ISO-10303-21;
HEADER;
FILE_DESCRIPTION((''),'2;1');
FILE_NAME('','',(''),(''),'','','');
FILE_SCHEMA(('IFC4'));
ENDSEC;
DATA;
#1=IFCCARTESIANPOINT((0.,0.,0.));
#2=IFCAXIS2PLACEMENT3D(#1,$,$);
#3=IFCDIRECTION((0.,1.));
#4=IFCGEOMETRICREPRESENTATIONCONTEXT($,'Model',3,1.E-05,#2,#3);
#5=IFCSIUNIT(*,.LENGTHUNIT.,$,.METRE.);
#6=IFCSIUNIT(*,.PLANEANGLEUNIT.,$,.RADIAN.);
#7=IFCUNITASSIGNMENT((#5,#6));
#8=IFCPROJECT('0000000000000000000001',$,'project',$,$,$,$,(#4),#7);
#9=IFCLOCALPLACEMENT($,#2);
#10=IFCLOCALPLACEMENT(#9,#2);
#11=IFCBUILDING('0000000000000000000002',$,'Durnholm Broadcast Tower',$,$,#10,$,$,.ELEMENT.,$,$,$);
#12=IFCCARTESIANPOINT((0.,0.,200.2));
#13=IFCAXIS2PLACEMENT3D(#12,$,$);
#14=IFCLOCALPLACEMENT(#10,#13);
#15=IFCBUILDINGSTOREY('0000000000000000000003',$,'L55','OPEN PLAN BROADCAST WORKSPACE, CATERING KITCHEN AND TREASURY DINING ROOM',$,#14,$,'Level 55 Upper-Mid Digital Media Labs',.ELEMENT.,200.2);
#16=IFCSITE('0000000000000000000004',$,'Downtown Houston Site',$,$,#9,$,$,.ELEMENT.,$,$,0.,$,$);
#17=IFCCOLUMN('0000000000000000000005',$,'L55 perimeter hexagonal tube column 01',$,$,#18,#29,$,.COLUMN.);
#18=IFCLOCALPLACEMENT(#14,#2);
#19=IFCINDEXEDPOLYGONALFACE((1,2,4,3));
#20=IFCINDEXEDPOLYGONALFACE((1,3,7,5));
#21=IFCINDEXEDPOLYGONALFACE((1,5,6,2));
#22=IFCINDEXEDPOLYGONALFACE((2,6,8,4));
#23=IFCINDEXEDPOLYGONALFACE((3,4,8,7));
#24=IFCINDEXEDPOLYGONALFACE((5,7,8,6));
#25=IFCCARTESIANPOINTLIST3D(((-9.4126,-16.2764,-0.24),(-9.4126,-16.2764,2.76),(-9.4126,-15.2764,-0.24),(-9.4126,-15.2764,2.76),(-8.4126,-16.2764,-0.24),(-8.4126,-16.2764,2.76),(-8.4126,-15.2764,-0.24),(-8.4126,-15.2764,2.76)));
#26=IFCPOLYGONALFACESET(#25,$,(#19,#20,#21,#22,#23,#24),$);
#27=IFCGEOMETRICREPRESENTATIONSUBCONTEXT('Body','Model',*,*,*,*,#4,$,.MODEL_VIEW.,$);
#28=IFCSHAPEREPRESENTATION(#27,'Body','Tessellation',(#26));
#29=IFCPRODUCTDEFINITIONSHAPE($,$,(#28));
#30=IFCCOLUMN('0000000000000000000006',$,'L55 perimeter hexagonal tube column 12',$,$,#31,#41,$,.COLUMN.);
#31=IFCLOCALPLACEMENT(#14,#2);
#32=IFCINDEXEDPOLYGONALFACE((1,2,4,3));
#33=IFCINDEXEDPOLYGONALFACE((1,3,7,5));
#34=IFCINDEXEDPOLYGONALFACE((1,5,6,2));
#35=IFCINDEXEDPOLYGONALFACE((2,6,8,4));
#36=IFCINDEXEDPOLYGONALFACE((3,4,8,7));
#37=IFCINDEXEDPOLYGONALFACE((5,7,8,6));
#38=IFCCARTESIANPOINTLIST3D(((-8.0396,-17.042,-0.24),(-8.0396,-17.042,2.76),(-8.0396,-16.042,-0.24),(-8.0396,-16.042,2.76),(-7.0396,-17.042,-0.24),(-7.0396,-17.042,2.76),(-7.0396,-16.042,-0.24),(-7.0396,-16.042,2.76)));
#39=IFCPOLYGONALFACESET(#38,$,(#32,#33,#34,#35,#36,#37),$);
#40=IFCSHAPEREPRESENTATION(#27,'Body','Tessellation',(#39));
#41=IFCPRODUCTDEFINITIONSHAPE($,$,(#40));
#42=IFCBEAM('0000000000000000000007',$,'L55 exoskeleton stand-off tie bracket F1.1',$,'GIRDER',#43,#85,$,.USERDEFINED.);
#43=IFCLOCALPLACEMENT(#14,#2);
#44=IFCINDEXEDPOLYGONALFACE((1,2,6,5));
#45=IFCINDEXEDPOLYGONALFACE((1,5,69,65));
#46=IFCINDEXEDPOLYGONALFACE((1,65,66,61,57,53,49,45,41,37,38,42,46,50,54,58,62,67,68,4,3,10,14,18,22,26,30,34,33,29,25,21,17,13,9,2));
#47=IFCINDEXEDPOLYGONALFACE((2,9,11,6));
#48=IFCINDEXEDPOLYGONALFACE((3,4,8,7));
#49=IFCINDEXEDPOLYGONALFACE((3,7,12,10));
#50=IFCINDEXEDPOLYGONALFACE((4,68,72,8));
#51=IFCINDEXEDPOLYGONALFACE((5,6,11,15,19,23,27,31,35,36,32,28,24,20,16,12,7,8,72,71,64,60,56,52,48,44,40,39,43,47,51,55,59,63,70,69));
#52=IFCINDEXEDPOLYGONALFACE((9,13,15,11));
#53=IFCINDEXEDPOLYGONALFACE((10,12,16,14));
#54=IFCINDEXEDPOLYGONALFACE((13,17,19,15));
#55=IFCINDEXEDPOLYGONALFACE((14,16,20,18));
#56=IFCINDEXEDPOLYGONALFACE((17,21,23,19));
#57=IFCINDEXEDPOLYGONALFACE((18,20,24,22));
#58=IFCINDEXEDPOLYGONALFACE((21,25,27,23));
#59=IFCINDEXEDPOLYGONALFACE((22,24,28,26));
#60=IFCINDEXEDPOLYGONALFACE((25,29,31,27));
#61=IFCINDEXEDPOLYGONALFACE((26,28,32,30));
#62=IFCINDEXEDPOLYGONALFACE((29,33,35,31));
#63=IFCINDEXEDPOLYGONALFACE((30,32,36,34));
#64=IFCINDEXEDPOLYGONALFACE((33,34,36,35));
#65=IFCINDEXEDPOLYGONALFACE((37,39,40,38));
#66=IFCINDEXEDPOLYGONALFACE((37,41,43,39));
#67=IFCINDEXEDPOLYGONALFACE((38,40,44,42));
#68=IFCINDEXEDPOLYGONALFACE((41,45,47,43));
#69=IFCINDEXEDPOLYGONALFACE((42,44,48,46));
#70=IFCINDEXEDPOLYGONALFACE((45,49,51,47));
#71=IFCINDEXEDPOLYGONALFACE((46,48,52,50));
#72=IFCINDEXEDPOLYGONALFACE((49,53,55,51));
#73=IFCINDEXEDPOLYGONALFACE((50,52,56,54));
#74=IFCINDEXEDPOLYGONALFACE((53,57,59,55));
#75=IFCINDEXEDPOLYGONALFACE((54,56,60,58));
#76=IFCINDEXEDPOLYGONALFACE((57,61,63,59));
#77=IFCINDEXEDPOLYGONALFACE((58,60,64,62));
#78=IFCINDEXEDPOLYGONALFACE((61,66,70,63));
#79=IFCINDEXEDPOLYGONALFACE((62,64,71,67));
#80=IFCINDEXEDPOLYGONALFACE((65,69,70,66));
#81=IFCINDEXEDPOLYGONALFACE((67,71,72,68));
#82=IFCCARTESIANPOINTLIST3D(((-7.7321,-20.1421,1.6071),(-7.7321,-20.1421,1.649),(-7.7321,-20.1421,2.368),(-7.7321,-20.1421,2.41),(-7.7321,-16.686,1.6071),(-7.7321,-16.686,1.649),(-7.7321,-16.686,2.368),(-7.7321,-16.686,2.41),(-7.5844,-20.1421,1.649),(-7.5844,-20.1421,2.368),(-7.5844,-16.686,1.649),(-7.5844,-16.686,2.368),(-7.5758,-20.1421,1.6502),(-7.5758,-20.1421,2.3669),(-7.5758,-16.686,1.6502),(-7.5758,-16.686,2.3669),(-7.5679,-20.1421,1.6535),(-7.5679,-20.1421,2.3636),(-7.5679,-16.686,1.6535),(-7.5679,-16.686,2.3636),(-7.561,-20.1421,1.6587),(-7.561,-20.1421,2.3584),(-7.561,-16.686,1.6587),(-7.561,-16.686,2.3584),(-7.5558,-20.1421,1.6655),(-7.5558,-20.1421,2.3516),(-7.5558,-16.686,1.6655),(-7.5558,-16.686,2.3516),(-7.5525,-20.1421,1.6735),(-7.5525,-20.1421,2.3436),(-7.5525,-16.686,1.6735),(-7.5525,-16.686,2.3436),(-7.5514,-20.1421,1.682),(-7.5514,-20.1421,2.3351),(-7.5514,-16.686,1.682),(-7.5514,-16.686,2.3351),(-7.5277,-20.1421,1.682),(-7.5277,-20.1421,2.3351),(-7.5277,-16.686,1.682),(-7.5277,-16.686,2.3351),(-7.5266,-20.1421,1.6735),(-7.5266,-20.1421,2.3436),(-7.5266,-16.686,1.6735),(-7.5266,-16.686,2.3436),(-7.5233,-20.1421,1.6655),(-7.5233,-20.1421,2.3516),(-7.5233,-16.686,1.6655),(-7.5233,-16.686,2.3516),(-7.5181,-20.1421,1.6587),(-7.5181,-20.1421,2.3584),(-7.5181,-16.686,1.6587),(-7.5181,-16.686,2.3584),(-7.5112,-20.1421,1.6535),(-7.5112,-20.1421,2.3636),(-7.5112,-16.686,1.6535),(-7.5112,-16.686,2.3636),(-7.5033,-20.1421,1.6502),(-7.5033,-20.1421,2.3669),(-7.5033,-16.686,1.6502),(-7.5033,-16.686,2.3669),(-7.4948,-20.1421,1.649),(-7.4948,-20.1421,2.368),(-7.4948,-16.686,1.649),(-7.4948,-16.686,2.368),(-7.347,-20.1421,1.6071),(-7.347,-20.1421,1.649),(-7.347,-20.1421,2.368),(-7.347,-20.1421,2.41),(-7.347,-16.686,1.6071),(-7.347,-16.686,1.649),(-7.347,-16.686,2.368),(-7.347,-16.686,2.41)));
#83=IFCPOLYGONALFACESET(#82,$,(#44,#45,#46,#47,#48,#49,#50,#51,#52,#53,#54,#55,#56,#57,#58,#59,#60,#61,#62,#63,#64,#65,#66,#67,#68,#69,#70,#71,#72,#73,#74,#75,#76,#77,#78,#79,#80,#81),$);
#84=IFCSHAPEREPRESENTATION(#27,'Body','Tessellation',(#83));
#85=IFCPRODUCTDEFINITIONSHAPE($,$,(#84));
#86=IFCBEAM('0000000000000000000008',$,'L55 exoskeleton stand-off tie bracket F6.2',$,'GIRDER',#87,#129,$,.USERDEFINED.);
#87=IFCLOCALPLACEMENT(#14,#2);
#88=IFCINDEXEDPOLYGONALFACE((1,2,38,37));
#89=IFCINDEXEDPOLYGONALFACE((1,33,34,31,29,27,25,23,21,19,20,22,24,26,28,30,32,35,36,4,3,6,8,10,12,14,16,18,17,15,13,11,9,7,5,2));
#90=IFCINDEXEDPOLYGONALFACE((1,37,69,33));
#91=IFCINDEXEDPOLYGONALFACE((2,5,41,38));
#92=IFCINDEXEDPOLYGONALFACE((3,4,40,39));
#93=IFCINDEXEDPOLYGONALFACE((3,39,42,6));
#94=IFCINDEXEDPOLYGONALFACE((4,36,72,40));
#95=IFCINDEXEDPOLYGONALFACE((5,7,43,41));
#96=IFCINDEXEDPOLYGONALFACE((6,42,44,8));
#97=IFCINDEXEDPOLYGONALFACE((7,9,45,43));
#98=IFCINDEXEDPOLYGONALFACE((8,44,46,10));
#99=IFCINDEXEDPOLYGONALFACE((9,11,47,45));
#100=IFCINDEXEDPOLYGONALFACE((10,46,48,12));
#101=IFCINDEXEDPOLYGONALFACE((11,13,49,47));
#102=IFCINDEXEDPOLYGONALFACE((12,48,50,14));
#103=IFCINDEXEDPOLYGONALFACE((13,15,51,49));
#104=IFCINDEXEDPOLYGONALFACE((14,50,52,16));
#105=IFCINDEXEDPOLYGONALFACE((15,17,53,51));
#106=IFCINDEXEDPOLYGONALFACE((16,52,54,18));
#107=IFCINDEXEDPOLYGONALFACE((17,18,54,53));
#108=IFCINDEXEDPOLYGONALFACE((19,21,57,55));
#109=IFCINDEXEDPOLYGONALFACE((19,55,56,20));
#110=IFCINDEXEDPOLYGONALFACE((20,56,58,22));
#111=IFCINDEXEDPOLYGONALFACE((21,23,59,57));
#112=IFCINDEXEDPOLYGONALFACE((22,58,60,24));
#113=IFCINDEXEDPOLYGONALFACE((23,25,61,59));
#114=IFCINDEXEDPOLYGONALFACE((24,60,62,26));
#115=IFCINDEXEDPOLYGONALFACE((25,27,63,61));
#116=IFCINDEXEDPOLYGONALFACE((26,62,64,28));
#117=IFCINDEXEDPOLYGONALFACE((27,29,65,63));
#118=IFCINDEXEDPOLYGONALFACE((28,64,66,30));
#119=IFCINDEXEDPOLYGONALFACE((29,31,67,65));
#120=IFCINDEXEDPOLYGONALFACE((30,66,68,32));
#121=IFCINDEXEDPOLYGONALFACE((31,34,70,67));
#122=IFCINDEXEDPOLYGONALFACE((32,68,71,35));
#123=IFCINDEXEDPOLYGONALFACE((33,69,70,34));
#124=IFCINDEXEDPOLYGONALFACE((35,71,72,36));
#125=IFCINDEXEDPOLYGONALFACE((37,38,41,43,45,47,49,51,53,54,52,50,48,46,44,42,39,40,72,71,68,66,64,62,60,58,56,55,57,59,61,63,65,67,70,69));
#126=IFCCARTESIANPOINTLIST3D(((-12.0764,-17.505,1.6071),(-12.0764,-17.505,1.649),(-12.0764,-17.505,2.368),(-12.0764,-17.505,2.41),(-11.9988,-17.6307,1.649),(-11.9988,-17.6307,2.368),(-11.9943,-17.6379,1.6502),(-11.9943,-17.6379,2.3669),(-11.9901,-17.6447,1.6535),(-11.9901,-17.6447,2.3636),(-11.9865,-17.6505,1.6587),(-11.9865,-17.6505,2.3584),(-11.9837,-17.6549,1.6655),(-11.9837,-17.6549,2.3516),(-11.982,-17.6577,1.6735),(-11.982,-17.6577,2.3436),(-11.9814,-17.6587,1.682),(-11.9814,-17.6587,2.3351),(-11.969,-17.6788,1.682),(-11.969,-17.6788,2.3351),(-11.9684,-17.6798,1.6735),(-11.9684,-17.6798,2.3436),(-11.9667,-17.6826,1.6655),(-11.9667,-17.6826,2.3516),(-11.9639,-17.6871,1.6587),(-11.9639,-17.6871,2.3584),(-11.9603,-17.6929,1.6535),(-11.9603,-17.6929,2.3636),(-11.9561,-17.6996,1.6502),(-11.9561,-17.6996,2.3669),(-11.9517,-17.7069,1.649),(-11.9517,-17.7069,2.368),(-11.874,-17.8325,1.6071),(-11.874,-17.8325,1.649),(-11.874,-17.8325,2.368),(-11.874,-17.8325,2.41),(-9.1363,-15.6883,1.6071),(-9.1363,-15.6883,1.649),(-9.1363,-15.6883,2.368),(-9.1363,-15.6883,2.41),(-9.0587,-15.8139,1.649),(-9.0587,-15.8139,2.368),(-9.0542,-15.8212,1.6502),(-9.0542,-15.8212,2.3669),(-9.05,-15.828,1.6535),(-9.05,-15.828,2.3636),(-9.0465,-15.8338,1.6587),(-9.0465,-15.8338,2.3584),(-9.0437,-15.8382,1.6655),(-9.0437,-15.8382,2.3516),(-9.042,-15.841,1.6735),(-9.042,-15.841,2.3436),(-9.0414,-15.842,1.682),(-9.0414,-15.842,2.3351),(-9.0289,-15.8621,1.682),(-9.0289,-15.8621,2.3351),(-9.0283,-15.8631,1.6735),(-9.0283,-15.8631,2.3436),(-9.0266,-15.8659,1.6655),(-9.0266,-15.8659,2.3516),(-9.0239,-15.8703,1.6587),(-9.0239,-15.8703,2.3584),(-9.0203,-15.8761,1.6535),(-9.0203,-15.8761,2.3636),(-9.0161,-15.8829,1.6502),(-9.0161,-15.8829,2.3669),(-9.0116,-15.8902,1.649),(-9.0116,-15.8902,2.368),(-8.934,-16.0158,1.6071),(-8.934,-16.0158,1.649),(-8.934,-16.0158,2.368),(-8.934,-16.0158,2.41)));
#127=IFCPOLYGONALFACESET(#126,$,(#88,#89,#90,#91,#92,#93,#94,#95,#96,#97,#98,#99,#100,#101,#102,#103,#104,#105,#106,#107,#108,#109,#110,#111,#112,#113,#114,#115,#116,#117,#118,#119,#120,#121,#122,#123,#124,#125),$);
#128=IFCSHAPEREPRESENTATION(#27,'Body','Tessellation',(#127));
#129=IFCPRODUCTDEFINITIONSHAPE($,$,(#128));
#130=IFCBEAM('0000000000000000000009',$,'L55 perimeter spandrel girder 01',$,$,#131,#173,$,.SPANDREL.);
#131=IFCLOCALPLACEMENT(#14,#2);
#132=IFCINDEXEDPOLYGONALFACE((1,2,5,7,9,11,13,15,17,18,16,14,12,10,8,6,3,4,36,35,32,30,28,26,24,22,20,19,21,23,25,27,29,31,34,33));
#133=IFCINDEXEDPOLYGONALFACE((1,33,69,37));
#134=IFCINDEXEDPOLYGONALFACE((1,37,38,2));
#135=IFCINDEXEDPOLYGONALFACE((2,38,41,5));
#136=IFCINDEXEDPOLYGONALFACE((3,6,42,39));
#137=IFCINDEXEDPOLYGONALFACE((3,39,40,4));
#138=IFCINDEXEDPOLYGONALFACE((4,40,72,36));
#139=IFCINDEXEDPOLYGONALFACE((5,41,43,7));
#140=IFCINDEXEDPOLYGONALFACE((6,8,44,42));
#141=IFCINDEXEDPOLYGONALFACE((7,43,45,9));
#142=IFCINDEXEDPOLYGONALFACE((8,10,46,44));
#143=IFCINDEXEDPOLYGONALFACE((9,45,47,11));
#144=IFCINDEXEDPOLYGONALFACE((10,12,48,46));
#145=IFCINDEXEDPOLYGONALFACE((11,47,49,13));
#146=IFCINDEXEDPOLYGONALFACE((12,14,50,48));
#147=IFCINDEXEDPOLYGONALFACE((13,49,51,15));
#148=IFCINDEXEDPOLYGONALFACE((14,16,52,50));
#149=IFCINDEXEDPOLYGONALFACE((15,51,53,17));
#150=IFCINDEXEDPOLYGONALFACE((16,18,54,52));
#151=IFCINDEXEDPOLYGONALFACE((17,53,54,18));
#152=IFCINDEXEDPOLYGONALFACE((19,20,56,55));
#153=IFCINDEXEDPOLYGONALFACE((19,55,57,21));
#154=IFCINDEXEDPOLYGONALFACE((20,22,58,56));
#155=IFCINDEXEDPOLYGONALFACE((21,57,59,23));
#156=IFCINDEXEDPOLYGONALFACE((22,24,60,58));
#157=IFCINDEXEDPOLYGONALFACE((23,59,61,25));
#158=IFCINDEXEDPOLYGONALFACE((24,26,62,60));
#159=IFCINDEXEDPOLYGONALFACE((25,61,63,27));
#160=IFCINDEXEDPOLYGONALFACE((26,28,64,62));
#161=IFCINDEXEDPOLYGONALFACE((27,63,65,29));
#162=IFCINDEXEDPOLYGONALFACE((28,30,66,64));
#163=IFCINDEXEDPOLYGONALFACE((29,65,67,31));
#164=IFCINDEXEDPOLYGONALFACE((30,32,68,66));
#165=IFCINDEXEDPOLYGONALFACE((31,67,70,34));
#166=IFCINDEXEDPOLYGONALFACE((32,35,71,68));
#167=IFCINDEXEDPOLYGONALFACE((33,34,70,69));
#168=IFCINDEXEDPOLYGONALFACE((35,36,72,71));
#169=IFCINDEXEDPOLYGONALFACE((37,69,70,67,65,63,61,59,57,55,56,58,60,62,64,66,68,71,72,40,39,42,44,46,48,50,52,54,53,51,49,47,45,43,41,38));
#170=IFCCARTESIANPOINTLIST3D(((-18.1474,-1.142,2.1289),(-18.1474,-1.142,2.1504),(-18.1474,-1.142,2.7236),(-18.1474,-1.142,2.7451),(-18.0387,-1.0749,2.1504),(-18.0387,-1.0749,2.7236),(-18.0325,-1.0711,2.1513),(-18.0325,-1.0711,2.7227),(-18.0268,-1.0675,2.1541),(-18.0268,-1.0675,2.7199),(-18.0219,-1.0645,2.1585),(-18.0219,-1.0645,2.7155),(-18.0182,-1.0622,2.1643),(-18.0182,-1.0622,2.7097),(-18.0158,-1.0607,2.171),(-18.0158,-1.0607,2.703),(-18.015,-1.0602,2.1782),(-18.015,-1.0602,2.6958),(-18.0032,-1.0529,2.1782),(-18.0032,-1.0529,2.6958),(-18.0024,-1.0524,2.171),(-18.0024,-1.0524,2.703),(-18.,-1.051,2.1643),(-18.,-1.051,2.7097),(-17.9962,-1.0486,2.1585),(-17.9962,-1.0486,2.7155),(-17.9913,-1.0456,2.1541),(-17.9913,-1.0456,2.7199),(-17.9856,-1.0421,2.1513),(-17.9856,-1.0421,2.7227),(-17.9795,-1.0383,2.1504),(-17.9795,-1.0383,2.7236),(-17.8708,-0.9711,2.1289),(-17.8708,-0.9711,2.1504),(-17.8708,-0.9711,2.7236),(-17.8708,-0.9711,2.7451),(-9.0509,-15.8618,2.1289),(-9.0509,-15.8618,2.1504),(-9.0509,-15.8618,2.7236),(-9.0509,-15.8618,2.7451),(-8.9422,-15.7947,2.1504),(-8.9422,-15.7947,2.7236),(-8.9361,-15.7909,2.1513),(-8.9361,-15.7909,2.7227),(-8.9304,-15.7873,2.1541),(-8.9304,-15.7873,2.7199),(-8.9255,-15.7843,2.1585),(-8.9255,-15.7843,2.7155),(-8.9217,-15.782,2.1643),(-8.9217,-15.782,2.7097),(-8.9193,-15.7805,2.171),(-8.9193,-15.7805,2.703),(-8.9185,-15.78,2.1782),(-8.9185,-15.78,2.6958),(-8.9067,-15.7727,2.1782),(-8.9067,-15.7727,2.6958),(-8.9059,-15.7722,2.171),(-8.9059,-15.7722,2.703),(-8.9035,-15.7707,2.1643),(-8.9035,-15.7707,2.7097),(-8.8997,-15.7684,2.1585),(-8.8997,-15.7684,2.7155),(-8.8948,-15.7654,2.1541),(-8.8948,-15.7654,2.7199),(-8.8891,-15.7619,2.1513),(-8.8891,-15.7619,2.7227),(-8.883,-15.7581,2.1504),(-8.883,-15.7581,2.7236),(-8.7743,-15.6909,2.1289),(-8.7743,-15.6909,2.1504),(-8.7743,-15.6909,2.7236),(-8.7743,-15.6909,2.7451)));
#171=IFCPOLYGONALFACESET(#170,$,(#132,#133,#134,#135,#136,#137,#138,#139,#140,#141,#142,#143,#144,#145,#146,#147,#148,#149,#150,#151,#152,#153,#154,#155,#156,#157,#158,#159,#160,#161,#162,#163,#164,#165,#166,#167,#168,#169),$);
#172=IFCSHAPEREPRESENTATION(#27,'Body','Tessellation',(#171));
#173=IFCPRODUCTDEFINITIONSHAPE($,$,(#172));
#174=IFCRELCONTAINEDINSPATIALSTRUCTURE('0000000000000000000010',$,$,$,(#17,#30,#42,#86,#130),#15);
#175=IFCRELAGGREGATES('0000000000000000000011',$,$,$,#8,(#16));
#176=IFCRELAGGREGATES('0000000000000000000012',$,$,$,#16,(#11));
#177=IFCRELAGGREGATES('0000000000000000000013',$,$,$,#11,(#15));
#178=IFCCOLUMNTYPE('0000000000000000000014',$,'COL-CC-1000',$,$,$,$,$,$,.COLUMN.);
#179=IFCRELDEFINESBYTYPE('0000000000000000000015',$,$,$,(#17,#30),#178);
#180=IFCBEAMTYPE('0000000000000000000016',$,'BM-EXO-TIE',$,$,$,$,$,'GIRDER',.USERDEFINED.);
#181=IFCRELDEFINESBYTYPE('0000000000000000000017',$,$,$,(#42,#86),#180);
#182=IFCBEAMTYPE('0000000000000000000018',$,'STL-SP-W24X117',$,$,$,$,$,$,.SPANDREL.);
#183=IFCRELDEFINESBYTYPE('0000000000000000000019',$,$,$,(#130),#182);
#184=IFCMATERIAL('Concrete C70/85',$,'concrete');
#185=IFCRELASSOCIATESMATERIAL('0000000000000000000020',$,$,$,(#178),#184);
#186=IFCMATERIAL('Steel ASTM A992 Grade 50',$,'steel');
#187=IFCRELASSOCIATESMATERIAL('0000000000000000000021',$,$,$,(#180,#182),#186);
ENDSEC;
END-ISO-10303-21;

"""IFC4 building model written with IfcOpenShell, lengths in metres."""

from ifc_helpers import new_model, si_unit, direction, frame, origin, origin_2d, place, context, subcontext, project, spatial, rectangle, i_section, extrude, source, transform, mapped, material, material_profile, profile_set, type_object, type_shapes, element, save


model = new_model("IFC4")

# Units and contexts
model_context = context("Model", 3, precision=1e-05, world=origin(), true_north=direction((0.0, 1.0)))
body_context = subcontext(model_context, "Body", "Model", "MODEL_VIEW")
ifc_project = project(units=[si_unit("LENGTHUNIT", "METRE"), si_unit("PLANEANGLEUNIT", "RADIAN")], contexts=[model_context])

# Site, building, storey
site_placement = place(None, origin())
site = spatial("IfcSite", under=ifc_project, at=site_placement, Name="Downtown Houston Site", CompositionType="ELEMENT", RefElevation=0.0)
building_placement = place(site_placement, origin())
building = spatial("IfcBuilding", under=site, at=building_placement, Name="Durnholm Broadcast Tower", CompositionType="ELEMENT")
storey_placement = place(building_placement, frame((0.0, 0.0, 200.2)))
storey = spatial("IfcBuildingStorey", under=building, at=storey_placement, Name="L55", Description="OPEN PLAN BROADCAST WORKSPACE, CATERING KITCHEN AND TREASURY DINING ROOM", LongName="Level 55 Upper-Mid Digital Media Labs", CompositionType="ELEMENT", Elevation=200.2)

# Columns
ifc_material_1 = material(Name="Concrete C70/85", Category="concrete")
ifc_material_profile_1 = material_profile(ifc_material_1, rectangle(XDim=1.0, YDim=1.0, at=origin_2d()), Name="RC1000X1000")
ifc_profile_set_1 = profile_set([ifc_material_profile_1], Name="Concrete C70/85")
column_type = type_object("IfcColumnType", Name="COL-CC-1000", PredefinedType="COLUMN", material=ifc_profile_set_1)
shared_shape_1 = source(origin(), body_context, "Body", "SweptSolid", [
    extrude(rectangle(XDim=1.0, YDim=1.0, at=origin_2d()), origin(), (0.0, 0.0, 1.0), 3.0),
])
type_shapes(column_type, [shared_shape_1])
for number, where, z_axis, x_axis, name in (
    (1, (-8.9126, -15.7764, -0.24), (0.0, 0.0, 1.0), (1.0, 0.0, 0.0), "L55 perimeter hexagonal tube column 01"),
    (2, (-7.5396, -16.542, -0.24), (0.0, 0.0, 1.0), (1.0, 0.0, 0.0), "L55 perimeter hexagonal tube column 12"),
):
    element("IfcColumn", number, at=place(storey_placement, frame(where, z_axis=z_axis, x_axis=x_axis)), inside=storey, type_object=column_type, Name=name, PredefinedType="COLUMN", context=body_context, shape_type="MappedRepresentation", body=[
        mapped(shared_shape_1, transform((0.0, 0.0, 0.0), x_axis=(1.0, 0.0, 0.0), y_axis=(0.0, 1.0, 0.0), z_axis=(0.0, 0.0, 1.0), scale=1.0)),
    ])

# Beams
ifc_material_2 = material(Name="Steel ASTM A992 Grade 50", Category="steel")
ifc_material_profile_2 = material_profile(ifc_material_2, i_section(OverallWidth=0.385, OverallDepth=0.803, WebThickness=0.0237, FlangeThickness=0.042, FilletRadius=0.033, at=origin_2d()), Name="W30X261")
ifc_profile_set_2 = profile_set([ifc_material_profile_2], Name="Steel ASTM A992 Grade 50")
beam_type_1 = type_object("IfcBeamType", Name="BM-EXO-TIE", ElementType="GIRDER", PredefinedType="USERDEFINED", material=ifc_profile_set_2)
shared_shape_2 = source(origin(), body_context, "Body", "SweptSolid", [
    extrude(i_section(OverallWidth=0.385, OverallDepth=0.803, WebThickness=0.0237, FlangeThickness=0.042, FilletRadius=0.033, at=origin_2d()), origin(), (0.0, 0.0, 1.0), 3.4561),
])
for number, where, z_axis, x_axis, name in (
    (3, (-7.5396, -16.686, 2.0085), (0.0, -1.0, 0.0), (1.0, 0.0, 0.0), "L55 exoskeleton stand-off tie bracket F1.1"),
    (4, (-9.0352, -15.8521, 2.0085), (-0.850694, -0.525661, 0.0), (0.525661, -0.850694, 0.0), "L55 exoskeleton stand-off tie bracket F6.2"),
):
    element("IfcBeam", number, at=place(storey_placement, frame(where, z_axis=z_axis, x_axis=x_axis)), inside=storey, type_object=beam_type_1, Name=name, ObjectType="GIRDER", PredefinedType="USERDEFINED", context=body_context, shape_type="MappedRepresentation", body=[
        mapped(shared_shape_2, transform((0.0, 0.0, 0.0), x_axis=(1.0, 0.0, 0.0), y_axis=(0.0, 1.0, 0.0), z_axis=(0.0, 0.0, 1.0), scale=1.0)),
    ])
ifc_material_profile_3 = material_profile(ifc_material_2, i_section(OverallWidth=0.3252, OverallDepth=0.6162, WebThickness=0.0139, FlangeThickness=0.0215, FilletRadius=0.0278, at=origin_2d()), Name="W24X117")
ifc_profile_set_3 = profile_set([ifc_material_profile_3], Name="Steel ASTM A992 Grade 50")
beam_type_2 = type_object("IfcBeamType", Name="STL-SP-W24X117", PredefinedType="SPANDREL", material=ifc_profile_set_3)
shared_shape_3 = source(origin(), body_context, "Body", "SweptSolid", [
    extrude(i_section(OverallWidth=0.3252, OverallDepth=0.6162, WebThickness=0.0139, FlangeThickness=0.0215, FilletRadius=0.0278, at=origin_2d()), origin(), (0.0, 0.0, 1.0), 17.3037),
])
beam_1_placement = place(storey_placement, frame((-8.9126, -15.7764, 2.437), z_axis=(-0.525695, 0.850673, 0.0), x_axis=(-0.850673, -0.525695, 0.0)))
element("IfcBeam", 5, at=beam_1_placement, inside=storey, type_object=beam_type_2, Name="L55 perimeter spandrel girder 01", PredefinedType="SPANDREL", context=body_context, shape_type="MappedRepresentation", body=[
    mapped(shared_shape_3, transform((0.0, 0.0, 0.0), x_axis=(1.0, 0.0, 0.0), y_axis=(0.0, 1.0, 0.0), z_axis=(0.0, 0.0, 1.0), scale=1.0)),
])

save(model, "model.ifc")
